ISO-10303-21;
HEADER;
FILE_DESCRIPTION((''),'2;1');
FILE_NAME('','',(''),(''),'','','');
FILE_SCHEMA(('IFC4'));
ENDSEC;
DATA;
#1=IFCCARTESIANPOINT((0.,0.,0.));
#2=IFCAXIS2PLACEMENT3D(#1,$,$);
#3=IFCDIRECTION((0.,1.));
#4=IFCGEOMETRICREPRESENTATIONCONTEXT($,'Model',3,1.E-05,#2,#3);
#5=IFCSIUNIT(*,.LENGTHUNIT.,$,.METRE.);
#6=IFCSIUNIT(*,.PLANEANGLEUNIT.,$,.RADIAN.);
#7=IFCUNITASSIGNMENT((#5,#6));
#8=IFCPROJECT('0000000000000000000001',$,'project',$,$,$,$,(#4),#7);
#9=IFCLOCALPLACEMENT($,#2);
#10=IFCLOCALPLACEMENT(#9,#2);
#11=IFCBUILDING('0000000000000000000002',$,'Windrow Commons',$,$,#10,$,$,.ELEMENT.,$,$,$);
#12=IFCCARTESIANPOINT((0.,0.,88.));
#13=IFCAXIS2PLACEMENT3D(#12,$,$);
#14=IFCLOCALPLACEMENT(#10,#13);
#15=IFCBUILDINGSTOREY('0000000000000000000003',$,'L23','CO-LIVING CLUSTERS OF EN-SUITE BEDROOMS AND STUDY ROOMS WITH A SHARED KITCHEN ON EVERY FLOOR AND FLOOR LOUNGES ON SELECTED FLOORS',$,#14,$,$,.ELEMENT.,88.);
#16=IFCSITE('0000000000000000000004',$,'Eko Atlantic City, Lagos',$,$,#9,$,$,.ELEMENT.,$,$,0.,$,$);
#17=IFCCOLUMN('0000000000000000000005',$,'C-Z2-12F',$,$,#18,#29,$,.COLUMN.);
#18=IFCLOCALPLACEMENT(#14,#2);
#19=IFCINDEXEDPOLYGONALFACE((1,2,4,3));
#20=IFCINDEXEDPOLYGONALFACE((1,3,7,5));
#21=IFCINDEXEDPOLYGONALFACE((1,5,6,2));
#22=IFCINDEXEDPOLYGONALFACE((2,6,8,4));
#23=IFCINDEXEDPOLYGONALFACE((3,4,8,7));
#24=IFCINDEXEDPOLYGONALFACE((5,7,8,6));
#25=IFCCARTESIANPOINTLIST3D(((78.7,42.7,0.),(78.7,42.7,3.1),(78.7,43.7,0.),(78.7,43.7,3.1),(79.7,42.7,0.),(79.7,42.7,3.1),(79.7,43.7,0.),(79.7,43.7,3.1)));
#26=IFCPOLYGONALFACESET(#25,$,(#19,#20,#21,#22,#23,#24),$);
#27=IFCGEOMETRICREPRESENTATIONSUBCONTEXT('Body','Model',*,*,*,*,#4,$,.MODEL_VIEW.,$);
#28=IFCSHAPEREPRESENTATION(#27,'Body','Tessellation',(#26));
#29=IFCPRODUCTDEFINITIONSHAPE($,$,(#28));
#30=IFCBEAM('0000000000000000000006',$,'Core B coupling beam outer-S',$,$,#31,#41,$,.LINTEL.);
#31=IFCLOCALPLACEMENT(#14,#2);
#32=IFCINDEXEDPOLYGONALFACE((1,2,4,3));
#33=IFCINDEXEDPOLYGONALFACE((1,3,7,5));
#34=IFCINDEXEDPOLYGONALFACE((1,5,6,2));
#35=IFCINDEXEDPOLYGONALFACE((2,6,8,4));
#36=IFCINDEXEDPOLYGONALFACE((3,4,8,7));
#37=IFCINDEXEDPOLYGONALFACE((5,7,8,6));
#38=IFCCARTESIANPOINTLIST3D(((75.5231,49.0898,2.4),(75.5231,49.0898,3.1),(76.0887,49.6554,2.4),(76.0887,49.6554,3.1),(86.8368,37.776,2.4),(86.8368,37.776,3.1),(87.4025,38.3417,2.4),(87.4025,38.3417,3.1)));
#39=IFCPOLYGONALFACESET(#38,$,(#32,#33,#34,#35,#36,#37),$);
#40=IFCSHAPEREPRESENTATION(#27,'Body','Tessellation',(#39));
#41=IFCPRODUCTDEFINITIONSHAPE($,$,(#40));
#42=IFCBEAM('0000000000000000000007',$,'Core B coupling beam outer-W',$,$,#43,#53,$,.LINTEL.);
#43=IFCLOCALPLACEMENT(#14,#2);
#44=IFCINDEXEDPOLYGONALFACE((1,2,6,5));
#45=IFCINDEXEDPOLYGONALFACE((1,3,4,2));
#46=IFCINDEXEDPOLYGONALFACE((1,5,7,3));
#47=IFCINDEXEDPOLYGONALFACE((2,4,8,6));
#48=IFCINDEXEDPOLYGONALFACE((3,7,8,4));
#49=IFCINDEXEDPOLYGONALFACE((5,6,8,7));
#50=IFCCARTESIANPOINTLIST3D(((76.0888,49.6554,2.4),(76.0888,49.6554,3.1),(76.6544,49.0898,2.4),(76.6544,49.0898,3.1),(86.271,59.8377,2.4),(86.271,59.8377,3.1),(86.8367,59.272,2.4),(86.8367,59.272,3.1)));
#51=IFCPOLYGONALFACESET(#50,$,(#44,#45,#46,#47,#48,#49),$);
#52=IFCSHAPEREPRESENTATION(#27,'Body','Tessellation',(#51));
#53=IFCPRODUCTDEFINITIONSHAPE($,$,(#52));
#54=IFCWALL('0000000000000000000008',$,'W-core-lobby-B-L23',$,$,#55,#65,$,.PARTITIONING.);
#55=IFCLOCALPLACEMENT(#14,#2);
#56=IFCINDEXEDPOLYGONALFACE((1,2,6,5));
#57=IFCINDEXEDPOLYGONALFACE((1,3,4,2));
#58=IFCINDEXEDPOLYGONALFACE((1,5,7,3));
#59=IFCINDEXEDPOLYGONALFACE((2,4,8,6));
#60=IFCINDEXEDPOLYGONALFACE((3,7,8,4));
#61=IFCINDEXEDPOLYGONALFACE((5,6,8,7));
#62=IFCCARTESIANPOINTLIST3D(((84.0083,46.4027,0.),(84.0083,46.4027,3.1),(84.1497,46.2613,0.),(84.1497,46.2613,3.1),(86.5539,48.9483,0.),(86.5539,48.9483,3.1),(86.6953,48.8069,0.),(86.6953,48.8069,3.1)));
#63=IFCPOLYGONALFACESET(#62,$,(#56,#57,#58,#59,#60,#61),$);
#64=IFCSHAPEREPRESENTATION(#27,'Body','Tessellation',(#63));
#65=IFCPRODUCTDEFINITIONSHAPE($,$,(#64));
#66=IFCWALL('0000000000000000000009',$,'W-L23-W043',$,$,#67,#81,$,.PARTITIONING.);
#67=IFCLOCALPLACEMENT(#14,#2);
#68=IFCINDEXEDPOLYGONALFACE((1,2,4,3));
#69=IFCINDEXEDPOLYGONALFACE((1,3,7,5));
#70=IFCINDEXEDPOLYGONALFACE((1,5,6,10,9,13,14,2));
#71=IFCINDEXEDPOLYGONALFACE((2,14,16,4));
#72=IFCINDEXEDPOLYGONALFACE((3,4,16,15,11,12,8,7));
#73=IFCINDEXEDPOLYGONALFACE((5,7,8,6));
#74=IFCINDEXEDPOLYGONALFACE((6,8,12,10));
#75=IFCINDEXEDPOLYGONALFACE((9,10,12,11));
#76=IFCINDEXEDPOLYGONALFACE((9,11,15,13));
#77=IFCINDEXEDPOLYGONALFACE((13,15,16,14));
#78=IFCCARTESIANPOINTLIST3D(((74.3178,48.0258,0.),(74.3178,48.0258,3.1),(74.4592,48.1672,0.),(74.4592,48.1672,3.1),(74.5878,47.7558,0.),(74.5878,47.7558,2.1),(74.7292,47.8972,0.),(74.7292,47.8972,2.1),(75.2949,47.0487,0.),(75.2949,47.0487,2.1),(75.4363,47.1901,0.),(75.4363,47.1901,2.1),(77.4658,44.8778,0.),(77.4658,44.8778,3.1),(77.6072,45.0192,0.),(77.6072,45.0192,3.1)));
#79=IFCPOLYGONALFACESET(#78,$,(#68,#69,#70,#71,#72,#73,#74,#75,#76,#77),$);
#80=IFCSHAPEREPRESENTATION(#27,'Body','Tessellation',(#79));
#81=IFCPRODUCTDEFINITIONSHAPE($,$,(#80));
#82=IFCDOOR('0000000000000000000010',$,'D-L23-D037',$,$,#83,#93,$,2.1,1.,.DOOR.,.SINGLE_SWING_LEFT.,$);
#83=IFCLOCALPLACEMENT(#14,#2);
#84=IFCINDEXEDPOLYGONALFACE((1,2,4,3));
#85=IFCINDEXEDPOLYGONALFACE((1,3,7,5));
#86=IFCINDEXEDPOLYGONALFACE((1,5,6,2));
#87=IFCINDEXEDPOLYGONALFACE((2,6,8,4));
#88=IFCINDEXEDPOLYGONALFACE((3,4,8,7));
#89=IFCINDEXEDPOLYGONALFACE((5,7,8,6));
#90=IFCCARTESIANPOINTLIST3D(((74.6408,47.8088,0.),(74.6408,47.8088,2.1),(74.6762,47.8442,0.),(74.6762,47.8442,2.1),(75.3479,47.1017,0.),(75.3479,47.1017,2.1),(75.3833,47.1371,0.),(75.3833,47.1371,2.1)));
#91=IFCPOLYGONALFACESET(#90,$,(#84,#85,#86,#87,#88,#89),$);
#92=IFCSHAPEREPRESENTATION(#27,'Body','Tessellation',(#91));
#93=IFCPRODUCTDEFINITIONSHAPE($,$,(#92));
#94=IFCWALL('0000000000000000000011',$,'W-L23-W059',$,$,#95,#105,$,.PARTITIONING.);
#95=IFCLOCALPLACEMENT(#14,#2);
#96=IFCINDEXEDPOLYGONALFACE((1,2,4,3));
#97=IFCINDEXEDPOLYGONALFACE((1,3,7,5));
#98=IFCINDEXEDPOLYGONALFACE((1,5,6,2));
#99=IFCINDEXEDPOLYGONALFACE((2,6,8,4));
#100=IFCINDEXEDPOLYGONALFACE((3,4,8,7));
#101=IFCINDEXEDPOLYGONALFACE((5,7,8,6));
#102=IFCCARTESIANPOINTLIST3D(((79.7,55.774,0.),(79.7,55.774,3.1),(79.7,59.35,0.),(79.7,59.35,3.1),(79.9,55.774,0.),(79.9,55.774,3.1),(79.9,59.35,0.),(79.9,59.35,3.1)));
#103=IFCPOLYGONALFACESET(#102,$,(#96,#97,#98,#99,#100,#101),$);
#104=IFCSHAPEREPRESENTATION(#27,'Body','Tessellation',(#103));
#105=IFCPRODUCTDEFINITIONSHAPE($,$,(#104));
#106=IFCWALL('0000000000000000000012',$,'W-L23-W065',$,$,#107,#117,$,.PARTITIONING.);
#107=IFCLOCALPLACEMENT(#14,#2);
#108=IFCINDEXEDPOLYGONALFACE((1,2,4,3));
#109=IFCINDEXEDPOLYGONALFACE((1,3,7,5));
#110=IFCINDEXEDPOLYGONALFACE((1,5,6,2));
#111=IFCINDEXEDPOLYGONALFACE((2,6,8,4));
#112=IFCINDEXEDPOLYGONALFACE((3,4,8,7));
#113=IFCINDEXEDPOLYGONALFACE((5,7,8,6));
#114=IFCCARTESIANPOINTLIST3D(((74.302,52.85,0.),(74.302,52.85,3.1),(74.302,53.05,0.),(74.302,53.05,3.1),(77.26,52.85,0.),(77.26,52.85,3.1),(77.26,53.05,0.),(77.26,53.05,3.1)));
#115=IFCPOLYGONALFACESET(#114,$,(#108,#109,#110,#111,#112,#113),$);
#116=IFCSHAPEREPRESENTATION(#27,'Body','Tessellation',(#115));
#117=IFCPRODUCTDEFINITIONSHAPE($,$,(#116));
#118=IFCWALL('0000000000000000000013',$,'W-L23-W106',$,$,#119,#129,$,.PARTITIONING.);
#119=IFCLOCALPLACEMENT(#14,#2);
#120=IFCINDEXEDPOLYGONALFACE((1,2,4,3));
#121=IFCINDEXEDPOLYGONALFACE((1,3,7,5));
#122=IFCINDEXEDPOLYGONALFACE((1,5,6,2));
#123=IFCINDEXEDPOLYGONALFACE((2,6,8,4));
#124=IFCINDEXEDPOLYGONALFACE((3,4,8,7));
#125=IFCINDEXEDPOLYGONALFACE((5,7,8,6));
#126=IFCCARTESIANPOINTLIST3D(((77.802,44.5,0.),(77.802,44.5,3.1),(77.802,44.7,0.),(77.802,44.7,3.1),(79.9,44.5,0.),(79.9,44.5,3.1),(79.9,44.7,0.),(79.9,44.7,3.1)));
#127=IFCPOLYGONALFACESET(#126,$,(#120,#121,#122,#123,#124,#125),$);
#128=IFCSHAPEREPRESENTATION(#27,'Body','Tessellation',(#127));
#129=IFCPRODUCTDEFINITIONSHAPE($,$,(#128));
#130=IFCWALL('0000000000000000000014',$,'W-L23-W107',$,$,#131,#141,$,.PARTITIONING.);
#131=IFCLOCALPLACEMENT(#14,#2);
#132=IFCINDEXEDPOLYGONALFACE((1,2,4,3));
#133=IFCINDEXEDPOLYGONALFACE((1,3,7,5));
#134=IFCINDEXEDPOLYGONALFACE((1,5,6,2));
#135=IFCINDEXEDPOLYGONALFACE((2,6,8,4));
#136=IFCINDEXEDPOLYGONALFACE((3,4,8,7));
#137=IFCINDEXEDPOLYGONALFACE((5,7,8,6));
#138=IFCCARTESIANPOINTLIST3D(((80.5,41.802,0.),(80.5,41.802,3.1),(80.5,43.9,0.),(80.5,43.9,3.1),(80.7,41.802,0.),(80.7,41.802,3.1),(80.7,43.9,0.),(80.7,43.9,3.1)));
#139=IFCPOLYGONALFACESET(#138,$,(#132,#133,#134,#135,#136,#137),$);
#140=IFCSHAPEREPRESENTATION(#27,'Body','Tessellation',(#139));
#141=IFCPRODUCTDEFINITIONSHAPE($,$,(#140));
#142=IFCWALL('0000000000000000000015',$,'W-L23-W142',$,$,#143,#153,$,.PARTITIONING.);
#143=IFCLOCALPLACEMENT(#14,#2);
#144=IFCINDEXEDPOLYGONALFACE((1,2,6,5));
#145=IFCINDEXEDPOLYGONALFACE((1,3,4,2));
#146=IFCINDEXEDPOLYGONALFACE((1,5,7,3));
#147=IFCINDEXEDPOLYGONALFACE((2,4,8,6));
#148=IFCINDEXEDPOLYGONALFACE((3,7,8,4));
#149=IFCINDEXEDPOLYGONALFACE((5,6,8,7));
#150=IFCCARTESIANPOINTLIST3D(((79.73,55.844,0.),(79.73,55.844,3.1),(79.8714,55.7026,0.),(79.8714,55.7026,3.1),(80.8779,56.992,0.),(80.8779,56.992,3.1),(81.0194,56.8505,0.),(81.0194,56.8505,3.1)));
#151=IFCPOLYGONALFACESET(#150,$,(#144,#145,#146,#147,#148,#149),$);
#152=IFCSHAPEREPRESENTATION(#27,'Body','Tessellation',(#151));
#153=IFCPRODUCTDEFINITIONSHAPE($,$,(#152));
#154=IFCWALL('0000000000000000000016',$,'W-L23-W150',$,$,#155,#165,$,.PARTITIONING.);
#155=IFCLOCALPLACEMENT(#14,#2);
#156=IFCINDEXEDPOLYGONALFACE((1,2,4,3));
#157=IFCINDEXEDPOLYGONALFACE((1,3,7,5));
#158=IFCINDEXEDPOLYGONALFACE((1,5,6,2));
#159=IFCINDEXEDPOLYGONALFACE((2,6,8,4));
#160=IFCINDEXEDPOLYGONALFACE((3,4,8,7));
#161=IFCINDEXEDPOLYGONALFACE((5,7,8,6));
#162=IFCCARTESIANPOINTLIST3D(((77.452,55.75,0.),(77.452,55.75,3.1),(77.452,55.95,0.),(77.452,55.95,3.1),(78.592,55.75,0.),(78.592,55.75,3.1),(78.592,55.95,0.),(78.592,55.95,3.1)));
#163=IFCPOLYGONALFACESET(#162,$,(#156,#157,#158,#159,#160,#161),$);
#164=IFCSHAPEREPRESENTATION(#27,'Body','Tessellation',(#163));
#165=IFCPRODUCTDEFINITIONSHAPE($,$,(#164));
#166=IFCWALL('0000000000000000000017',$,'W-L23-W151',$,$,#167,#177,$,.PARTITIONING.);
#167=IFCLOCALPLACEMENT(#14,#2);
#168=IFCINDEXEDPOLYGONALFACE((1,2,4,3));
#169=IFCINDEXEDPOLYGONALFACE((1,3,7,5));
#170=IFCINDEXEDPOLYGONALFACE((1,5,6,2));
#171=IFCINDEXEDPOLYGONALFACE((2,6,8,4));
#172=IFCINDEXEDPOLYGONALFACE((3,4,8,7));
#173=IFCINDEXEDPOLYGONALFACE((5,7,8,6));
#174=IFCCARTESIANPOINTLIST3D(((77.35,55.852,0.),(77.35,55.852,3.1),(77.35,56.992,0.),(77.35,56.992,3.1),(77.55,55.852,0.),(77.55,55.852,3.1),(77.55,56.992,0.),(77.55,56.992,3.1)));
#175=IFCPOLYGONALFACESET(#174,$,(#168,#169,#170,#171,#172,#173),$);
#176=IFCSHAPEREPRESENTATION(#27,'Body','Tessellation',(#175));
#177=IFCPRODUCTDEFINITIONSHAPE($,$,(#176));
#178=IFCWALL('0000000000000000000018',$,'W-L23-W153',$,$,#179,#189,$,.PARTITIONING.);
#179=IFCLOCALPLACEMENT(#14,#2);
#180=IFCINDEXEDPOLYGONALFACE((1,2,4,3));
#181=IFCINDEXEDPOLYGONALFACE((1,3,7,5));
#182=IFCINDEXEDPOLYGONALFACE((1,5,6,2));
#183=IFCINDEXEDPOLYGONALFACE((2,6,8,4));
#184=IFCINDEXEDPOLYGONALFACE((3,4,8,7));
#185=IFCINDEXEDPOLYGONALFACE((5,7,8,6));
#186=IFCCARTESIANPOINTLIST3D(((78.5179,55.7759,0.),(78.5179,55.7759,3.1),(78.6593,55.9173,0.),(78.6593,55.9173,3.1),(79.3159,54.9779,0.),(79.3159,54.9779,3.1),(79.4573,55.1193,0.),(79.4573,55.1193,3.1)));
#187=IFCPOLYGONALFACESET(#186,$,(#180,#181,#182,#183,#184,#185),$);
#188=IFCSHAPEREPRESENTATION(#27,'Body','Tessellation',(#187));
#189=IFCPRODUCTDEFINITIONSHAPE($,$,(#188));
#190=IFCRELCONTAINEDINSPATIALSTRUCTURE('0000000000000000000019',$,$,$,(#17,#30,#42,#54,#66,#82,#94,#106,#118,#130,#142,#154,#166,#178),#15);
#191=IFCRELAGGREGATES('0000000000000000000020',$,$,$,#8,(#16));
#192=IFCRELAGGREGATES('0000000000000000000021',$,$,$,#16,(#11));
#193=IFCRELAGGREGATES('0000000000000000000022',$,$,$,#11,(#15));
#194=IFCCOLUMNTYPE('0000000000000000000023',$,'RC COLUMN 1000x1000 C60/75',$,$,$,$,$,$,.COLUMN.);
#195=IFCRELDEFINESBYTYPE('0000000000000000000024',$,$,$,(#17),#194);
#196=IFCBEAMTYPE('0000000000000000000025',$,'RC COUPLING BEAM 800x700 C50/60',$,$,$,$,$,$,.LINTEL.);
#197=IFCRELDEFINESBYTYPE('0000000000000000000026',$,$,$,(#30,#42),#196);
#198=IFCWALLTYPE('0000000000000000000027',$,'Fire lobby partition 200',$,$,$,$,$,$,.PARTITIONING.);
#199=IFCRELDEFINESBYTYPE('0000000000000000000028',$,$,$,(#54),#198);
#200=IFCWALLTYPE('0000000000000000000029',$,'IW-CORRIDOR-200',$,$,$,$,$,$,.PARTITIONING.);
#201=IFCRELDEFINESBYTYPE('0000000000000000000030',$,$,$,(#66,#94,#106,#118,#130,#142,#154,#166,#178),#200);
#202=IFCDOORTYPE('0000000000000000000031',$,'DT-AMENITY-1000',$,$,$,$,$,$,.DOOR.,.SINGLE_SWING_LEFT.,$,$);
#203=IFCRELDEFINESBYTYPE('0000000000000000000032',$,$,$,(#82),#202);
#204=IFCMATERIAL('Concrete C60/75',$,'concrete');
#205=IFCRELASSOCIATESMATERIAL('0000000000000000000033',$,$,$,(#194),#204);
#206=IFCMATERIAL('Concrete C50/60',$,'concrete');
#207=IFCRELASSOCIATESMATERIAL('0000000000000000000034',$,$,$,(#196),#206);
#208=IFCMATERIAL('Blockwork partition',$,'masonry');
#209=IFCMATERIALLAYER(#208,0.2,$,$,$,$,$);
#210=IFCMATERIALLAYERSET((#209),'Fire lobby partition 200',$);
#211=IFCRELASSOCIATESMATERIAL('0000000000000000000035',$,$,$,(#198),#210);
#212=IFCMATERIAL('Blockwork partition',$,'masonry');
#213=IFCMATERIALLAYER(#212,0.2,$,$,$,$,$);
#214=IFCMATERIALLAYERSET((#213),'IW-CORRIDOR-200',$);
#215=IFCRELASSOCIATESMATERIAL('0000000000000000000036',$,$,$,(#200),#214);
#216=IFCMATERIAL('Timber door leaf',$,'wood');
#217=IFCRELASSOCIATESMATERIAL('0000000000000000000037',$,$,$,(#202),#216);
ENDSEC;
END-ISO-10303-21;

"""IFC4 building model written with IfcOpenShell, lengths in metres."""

from ifc_helpers import new_model, si_unit, direction, frame, frame_2d, origin, origin_2d, place, context, subcontext, project, spatial, rectangle, extrude, material, layer, layer_set, material_profile, profile_set, type_object, element, fill, save


model = new_model("IFC4")

# Units and contexts
model_context = context("Model", 3, precision=1e-05, world=origin(), true_north=direction((0.0, 1.0)))
body_context = subcontext(model_context, "Body", "Model", "MODEL_VIEW")
ifc_project = project(units=[si_unit("LENGTHUNIT", "METRE"), si_unit("PLANEANGLEUNIT", "RADIAN")], contexts=[model_context])

# Site, building, storey
site_placement = place(None, origin())
site = spatial("IfcSite", under=ifc_project, at=site_placement, Name="Eko Atlantic City, Lagos", CompositionType="ELEMENT", RefElevation=0.0)
building_placement = place(site_placement, origin())
building = spatial("IfcBuilding", under=site, at=building_placement, Name="Windrow Commons", CompositionType="ELEMENT")
storey_placement = place(building_placement, frame((0.0, 0.0, 88.0)))
storey = spatial("IfcBuildingStorey", under=building, at=storey_placement, Name="L23", Description="CO-LIVING CLUSTERS OF EN-SUITE BEDROOMS AND STUDY ROOMS WITH A SHARED KITCHEN ON EVERY FLOOR AND FLOOR LOUNGES ON SELECTED FLOORS", CompositionType="ELEMENT", Elevation=88.0)

# Column
ifc_material_1 = material(Name="Concrete C60/75", Category="concrete")
ifc_material_profile_1 = material_profile(ifc_material_1, rectangle(XDim=1.0, YDim=1.0, at=origin_2d()))
ifc_profile_set_1 = profile_set([ifc_material_profile_1], Name="Concrete C60/75")
column_type = type_object("IfcColumnType", Name="RC COLUMN 1000x1000 C60/75", PredefinedType="COLUMN", material=ifc_profile_set_1)
column_placement = place(storey_placement, frame((79.2, 43.2, 0.0), z_axis=(0.0, 0.0, 1.0), x_axis=(1.0, 0.0, 0.0)))
element("IfcColumn", 1, at=column_placement, inside=storey, type_object=column_type, Name="C-Z2-12F", PredefinedType="COLUMN", context=body_context, shape_type="SweptSolid", body=[
    extrude(rectangle(XDim=1.0, YDim=1.0, at=origin_2d()), origin(), (0.0, 0.0, 1.0), 3.1),
])

# Beams
ifc_material_2 = material(Name="Concrete C50/60", Category="concrete")
ifc_material_profile_2 = material_profile(ifc_material_2, rectangle(XDim=0.8, YDim=0.7, at=origin_2d()))
ifc_profile_set_2 = profile_set([ifc_material_profile_2], Name="Concrete C50/60")
beam_type = type_object("IfcBeamType", Name="RC COUPLING BEAM 800x700 C50/60", PredefinedType="LINTEL", material=ifc_profile_set_2)
beam_1_placement = place(storey_placement, frame((75.8059, 49.3726, 2.75), z_axis=(0.707107, -0.707107, 0.0), x_axis=(0.707107, 0.707107, 0.0)))
element("IfcBeam", 2, at=beam_1_placement, inside=storey, type_object=beam_type, Name="Core B coupling beam outer-S", PredefinedType="LINTEL", context=body_context, shape_type="SweptSolid", body=[
    extrude(rectangle(XDim=0.8, YDim=0.7, at=origin_2d()), origin(), (0.0, 0.0, 1.0), 16.0),
])
beam_2_placement = place(storey_placement, frame((76.3716, 49.3726, 2.75), z_axis=(0.707107, 0.707107, 0.0), x_axis=(-0.707107, 0.707107, 0.0)))
element("IfcBeam", 3, at=beam_2_placement, inside=storey, type_object=beam_type, Name="Core B coupling beam outer-W", PredefinedType="LINTEL", context=body_context, shape_type="SweptSolid", body=[
    extrude(rectangle(XDim=0.8, YDim=0.7, at=origin_2d()), origin(), (0.0, 0.0, 1.0), 14.3999),
])

# Wall
ifc_material_3 = material(Name="Blockwork partition", Category="masonry")
ifc_layer_1 = layer(ifc_material_3, 0.2)
ifc_layer_set_1 = layer_set([ifc_layer_1], Name="Fire lobby partition 200")
wall_type_1 = type_object("IfcWallType", Name="Fire lobby partition 200", PredefinedType="PARTITIONING", material=ifc_layer_set_1)
wall_1_placement = place(storey_placement, frame((84.079, 46.332, 0.0), z_axis=(0.0, 0.0, 1.0), x_axis=(0.707107, 0.707107, 0.0)))
element("IfcWall", 4, at=wall_1_placement, inside=storey, type_object=wall_type_1, Name="W-core-lobby-B-L23", PredefinedType="PARTITIONING", context=body_context, shape_type="SweptSolid", body=[
    extrude(rectangle(XDim=3.6, YDim=0.2, at=frame_2d((1.8, 0.0))), origin(), (0.0, 0.0, 1.0), 3.1),
])

# Wall, opening, door
ifc_material_4 = material(Name="Blockwork partition", Category="masonry")
ifc_layer_2 = layer(ifc_material_4, 0.2)
ifc_layer_set_2 = layer_set([ifc_layer_2], Name="IW-CORRIDOR-200")
wall_type_2 = type_object("IfcWallType", Name="IW-CORRIDOR-200", PredefinedType="PARTITIONING", material=ifc_layer_set_2)
wall_2_placement = place(storey_placement, frame((74.3885, 48.0965, 0.0), z_axis=(0.0, 0.0, 1.0), x_axis=(0.707107, -0.707107, 0.0)))
wall_2 = element("IfcWall", 5, at=wall_2_placement, inside=storey, type_object=wall_type_2, Name="W-L23-W043", PredefinedType="PARTITIONING", context=body_context, shape_type="SweptSolid", body=[
    extrude(rectangle(XDim=4.4519, YDim=0.2, at=frame_2d((2.226, 0.0))), origin(), (0.0, 0.0, 1.0), 3.1),
])
opening_1_placement = place(wall_2_placement, frame((0.3818, 0.0, 0.0)))
opening_1 = element("IfcOpeningElement", 6, at=opening_1_placement, cuts=wall_2, PredefinedType="OPENING", context=body_context, shape_type="SweptSolid", body=[
    extrude(rectangle(XDim=1.0, YDim=2.1, at=frame_2d((0.5, 1.05))), frame((0.0, 0.11, 0.0), z_axis=(0.0, -1.0, 0.0), x_axis=(1.0, 0.0, 0.0)), (0.0, 0.0, 1.0), 0.22),
])
ifc_material_5 = material(Name="Timber door leaf", Category="wood")
door_type_1 = type_object("IfcDoorType", Name="DT-AMENITY-1000", OperationType="SINGLE_SWING_LEFT", PredefinedType="DOOR", material=ifc_material_5)
door_1_placement = place(opening_1_placement, origin())
door_1 = element("IfcDoor", 7, at=door_1_placement, inside=storey, type_object=door_type_1, Name="D-L23-D037", OperationType="SINGLE_SWING_LEFT", OverallHeight=2.1, OverallWidth=1.0, PredefinedType="DOOR", context=body_context, shape_type="SweptSolid", body=[
    extrude(rectangle(XDim=1.0, YDim=2.1, at=frame_2d((0.5, 1.05))), frame((0.0, 0.025, 0.0), z_axis=(0.0, -1.0, 0.0), x_axis=(1.0, 0.0, 0.0)), (0.0, 0.0, 1.0), 0.05),
])
fill(opening_1, door_1)

# Walls
wall_3_placement = place(storey_placement, frame((79.8, 55.774, 0.0), z_axis=(0.0, 0.0, 1.0), x_axis=(0.0, 1.0, 0.0)))
element("IfcWall", 8, at=wall_3_placement, inside=storey, type_object=wall_type_2, Name="W-L23-W059", PredefinedType="PARTITIONING", context=body_context, shape_type="SweptSolid", body=[
    extrude(rectangle(XDim=3.576, YDim=0.2, at=frame_2d((1.788, 0.0))), origin(), (0.0, 0.0, 1.0), 3.1),
])
wall_4_placement = place(storey_placement, frame((74.302, 52.95, 0.0), z_axis=(0.0, 0.0, 1.0), x_axis=(1.0, 0.0, 0.0)))
element("IfcWall", 9, at=wall_4_placement, inside=storey, type_object=wall_type_2, Name="W-L23-W065", PredefinedType="PARTITIONING", context=body_context, shape_type="SweptSolid", body=[
    extrude(rectangle(XDim=2.958, YDim=0.2, at=frame_2d((1.479, 0.0))), origin(), (0.0, 0.0, 1.0), 3.1),
])
for number, where, z_axis, x_axis, name in (
    (10, (77.802, 44.6, 0.0), (0.0, 0.0, 1.0), (1.0, 0.0, 0.0), "W-L23-W106"),
    (11, (80.6, 41.802, 0.0), (0.0, 0.0, 1.0), (0.0, 1.0, 0.0), "W-L23-W107"),
):
    element("IfcWall", number, at=place(storey_placement, frame(where, z_axis=z_axis, x_axis=x_axis)), inside=storey, type_object=wall_type_2, Name=name, PredefinedType="PARTITIONING", context=body_context, shape_type="SweptSolid", body=[
        extrude(rectangle(XDim=2.098, YDim=0.2, at=frame_2d((1.049, 0.0))), origin(), (0.0, 0.0, 1.0), 3.1),
    ])
wall_5_placement = place(storey_placement, frame((79.8007, 55.7733, 0.0), z_axis=(0.0, 0.0, 1.0), x_axis=(0.707107, 0.707107, 0.0)))
element("IfcWall", 12, at=wall_5_placement, inside=storey, type_object=wall_type_2, Name="W-L23-W142", PredefinedType="PARTITIONING", context=body_context, shape_type="SweptSolid", body=[
    extrude(rectangle(XDim=1.6235, YDim=0.2, at=frame_2d((0.8117, 0.0))), origin(), (0.0, 0.0, 1.0), 3.1),
])
for number, where, z_axis, x_axis, name in (
    (13, (77.452, 55.85, 0.0), (0.0, 0.0, 1.0), (1.0, 0.0, 0.0), "W-L23-W150"),
    (14, (77.45, 55.852, 0.0), (0.0, 0.0, 1.0), (0.0, 1.0, 0.0), "W-L23-W151"),
):
    element("IfcWall", number, at=place(storey_placement, frame(where, z_axis=z_axis, x_axis=x_axis)), inside=storey, type_object=wall_type_2, Name=name, PredefinedType="PARTITIONING", context=body_context, shape_type="SweptSolid", body=[
        extrude(rectangle(XDim=1.14, YDim=0.2, at=frame_2d((0.57, 0.0))), origin(), (0.0, 0.0, 1.0), 3.1),
    ])
wall_6_placement = place(storey_placement, frame((78.5886, 55.8466, 0.0), z_axis=(0.0, 0.0, 1.0), x_axis=(0.707107, -0.707107, 0.0)))
element("IfcWall", 15, at=wall_6_placement, inside=storey, type_object=wall_type_2, Name="W-L23-W153", PredefinedType="PARTITIONING", context=body_context, shape_type="SweptSolid", body=[
    extrude(rectangle(XDim=1.1285, YDim=0.2, at=frame_2d((0.5643, 0.0))), origin(), (0.0, 0.0, 1.0), 3.1),
])

save(model, "model.ifc")
